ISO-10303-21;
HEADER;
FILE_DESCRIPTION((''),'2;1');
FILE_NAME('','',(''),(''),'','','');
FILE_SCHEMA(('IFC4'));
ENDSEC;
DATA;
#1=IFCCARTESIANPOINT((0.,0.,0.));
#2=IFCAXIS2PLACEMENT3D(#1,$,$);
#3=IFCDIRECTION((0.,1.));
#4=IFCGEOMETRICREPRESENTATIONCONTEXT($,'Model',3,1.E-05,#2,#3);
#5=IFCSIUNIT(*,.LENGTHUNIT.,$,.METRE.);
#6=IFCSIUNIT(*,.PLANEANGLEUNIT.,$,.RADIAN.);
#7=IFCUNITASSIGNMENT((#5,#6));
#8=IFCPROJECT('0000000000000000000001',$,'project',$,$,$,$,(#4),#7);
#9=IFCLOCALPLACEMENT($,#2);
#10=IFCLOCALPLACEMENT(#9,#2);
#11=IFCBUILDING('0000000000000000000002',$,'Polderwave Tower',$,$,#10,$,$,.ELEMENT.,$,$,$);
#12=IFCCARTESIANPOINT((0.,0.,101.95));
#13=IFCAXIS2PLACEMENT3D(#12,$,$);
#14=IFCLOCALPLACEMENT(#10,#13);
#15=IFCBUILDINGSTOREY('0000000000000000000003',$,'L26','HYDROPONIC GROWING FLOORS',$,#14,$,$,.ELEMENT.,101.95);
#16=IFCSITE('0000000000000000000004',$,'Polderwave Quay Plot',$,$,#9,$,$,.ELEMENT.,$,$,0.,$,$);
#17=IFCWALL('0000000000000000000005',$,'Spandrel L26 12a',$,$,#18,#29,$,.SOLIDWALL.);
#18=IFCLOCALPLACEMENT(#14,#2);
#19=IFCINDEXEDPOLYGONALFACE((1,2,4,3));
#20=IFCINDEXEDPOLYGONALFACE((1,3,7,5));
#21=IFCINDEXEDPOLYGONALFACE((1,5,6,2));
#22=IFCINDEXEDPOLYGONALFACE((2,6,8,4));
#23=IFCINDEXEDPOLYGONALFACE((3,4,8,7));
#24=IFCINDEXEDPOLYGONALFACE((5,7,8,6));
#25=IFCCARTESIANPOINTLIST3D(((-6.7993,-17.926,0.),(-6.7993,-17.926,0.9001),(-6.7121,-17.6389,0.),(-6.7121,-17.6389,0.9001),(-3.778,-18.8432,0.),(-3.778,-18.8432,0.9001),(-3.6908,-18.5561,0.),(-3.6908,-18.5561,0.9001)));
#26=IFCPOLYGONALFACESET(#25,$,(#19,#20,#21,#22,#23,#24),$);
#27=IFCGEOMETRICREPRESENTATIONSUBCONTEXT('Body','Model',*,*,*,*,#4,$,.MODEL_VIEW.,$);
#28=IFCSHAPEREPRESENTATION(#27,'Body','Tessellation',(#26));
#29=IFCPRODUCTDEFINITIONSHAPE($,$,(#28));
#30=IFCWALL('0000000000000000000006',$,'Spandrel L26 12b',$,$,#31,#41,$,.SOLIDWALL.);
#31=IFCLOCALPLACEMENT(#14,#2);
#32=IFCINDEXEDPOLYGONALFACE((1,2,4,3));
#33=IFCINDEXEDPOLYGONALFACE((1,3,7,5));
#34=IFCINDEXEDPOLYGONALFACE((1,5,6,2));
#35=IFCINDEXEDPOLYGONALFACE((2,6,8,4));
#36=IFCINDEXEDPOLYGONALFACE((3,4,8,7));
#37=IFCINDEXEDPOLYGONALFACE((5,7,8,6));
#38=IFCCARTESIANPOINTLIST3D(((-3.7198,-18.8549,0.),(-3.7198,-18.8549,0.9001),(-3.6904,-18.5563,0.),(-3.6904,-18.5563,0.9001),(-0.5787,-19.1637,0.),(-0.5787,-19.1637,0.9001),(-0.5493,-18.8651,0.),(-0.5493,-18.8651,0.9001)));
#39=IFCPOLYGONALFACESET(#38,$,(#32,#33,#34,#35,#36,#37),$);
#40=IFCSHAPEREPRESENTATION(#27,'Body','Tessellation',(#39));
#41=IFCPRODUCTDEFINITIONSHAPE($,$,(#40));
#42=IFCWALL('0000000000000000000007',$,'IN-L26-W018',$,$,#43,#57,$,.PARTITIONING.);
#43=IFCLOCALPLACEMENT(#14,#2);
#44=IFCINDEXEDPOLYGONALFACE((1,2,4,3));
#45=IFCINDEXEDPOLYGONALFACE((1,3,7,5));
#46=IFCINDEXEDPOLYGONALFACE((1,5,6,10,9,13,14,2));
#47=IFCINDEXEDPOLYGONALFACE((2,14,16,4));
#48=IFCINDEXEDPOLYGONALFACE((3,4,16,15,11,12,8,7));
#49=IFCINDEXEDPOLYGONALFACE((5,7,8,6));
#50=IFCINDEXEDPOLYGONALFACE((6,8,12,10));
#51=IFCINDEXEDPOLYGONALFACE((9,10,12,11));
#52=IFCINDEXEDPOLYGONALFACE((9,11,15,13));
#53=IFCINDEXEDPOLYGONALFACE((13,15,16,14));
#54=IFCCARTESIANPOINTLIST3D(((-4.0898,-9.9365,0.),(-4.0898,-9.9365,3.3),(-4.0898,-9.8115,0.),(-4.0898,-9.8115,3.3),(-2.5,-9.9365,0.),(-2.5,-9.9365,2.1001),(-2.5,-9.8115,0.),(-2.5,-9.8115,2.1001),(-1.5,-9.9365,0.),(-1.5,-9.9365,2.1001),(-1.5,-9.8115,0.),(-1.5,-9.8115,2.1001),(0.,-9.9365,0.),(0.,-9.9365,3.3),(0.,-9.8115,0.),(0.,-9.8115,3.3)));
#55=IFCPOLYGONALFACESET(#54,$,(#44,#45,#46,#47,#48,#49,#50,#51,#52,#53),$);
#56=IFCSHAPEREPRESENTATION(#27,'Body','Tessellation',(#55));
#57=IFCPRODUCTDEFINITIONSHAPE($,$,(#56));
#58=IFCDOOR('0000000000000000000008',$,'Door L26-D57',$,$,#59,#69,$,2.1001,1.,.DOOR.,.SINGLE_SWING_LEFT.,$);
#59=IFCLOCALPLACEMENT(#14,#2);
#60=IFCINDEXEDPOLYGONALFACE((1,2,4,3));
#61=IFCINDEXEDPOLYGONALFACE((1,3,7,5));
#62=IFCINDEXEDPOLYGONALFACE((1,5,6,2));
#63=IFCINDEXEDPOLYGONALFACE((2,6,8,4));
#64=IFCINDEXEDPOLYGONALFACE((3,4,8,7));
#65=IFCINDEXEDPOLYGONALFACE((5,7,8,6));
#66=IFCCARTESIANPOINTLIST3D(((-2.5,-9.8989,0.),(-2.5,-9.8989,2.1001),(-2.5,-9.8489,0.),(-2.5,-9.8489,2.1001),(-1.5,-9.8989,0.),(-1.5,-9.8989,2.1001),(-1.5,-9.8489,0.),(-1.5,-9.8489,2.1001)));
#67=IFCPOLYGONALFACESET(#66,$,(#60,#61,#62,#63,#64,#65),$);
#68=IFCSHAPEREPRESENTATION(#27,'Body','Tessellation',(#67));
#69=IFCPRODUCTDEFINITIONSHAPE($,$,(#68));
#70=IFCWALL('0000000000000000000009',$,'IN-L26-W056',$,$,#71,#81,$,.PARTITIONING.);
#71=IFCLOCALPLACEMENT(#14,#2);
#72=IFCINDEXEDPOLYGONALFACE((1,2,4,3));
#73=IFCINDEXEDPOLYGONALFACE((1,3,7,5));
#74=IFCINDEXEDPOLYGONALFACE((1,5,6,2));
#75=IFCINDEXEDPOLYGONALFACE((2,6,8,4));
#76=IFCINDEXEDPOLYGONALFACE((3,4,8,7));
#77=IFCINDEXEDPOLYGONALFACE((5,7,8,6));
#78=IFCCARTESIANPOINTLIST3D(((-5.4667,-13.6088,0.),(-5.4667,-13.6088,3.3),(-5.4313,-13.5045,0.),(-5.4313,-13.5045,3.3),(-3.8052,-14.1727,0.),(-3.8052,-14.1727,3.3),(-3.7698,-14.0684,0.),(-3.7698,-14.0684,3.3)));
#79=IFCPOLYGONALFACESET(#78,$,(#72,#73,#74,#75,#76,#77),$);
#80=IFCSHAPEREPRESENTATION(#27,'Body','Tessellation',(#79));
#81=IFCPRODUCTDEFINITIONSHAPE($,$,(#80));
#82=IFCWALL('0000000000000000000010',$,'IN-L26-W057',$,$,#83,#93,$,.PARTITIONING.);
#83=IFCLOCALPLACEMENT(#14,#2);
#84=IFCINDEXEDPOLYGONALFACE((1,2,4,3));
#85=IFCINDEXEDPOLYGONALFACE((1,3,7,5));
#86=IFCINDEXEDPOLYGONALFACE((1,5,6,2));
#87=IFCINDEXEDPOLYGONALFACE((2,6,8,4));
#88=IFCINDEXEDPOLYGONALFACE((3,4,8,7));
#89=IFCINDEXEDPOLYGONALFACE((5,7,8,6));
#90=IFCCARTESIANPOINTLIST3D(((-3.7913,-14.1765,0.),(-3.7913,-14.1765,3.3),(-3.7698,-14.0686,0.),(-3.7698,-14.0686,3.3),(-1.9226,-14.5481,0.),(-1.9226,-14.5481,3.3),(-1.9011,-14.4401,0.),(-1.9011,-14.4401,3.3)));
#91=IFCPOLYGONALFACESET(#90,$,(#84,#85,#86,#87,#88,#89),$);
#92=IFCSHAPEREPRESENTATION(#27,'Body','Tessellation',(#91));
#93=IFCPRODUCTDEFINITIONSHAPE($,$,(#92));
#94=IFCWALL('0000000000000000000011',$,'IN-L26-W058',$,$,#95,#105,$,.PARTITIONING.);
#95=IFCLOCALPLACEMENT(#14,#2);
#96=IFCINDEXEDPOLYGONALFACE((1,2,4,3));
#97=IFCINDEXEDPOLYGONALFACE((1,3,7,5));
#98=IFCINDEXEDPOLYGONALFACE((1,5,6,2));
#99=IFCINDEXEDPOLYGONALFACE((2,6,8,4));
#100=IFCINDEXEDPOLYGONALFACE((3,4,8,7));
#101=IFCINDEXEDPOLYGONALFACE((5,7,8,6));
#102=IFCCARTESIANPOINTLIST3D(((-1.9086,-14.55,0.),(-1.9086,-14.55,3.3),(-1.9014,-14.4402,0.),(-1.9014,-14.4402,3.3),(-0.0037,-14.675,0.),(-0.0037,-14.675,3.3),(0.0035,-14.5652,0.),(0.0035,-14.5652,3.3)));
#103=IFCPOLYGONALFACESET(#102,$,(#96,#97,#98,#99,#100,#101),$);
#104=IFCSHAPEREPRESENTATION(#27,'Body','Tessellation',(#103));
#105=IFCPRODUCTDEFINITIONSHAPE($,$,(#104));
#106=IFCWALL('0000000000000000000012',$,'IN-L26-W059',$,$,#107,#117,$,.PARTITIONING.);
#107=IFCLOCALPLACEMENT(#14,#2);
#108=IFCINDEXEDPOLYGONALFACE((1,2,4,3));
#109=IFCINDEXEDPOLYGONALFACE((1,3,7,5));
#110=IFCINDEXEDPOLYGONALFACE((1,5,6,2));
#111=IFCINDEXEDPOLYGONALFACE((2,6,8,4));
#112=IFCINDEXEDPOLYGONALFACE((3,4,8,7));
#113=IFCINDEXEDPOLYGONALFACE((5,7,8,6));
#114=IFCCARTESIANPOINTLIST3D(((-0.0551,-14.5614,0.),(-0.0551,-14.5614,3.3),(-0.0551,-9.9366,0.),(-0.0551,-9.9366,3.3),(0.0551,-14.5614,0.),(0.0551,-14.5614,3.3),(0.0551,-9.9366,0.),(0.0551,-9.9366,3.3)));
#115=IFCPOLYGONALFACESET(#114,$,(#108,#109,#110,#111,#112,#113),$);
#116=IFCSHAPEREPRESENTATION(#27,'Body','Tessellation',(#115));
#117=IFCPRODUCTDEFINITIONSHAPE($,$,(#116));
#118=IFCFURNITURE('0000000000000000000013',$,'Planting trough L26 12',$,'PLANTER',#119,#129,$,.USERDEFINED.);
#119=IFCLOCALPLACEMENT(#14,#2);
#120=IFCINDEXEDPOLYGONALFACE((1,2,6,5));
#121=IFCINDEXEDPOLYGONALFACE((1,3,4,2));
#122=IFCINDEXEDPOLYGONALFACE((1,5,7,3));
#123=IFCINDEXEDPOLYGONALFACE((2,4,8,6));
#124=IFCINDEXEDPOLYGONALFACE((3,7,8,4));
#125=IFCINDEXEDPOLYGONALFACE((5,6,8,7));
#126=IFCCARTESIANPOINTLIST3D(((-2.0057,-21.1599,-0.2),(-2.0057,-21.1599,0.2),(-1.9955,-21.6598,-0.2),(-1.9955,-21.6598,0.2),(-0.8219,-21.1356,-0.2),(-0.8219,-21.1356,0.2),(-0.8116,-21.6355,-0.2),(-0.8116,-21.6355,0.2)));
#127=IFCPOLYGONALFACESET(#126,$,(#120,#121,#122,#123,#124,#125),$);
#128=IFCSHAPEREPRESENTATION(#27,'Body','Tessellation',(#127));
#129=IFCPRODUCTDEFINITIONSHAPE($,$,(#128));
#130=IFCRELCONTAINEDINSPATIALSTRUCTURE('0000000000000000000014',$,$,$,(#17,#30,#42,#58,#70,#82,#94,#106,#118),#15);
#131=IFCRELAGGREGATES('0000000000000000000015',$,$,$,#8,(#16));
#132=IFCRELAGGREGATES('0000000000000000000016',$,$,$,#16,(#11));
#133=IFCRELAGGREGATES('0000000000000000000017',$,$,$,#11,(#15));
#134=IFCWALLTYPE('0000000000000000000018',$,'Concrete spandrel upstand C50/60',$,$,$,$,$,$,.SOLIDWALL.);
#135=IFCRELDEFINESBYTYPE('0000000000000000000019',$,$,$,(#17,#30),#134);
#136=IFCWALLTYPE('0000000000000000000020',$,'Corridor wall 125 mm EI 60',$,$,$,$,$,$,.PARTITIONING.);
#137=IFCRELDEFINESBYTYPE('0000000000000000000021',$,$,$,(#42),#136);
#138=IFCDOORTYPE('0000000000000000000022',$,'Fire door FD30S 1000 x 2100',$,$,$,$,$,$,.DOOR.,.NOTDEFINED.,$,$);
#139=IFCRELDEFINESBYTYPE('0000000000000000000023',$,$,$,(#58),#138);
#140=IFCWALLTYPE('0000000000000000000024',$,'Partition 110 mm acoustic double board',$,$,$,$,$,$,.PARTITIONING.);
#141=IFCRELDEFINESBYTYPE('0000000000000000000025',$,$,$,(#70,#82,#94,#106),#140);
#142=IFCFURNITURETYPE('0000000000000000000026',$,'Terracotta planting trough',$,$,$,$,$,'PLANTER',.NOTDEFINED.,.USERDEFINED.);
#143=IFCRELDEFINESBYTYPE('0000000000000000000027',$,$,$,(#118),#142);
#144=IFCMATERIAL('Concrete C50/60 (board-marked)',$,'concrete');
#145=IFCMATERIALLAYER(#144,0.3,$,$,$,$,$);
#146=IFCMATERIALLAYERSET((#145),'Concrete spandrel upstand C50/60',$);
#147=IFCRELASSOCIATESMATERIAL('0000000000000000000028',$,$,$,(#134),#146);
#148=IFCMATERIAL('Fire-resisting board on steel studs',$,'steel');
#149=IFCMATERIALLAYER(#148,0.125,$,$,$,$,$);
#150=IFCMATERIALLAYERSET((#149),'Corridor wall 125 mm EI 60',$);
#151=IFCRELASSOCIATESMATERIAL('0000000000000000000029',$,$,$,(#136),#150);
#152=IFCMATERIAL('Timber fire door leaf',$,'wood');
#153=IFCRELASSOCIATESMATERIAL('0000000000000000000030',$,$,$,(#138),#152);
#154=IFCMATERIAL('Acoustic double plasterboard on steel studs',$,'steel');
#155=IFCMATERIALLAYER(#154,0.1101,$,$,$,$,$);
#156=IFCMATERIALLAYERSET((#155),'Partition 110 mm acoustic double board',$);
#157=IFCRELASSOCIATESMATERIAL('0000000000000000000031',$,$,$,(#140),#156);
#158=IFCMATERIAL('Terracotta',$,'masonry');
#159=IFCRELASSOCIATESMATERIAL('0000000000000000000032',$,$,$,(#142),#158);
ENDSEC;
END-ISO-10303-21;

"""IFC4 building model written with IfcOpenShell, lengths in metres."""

from ifc_helpers import new_model, si_unit, direction, frame, frame_2d, origin, origin_2d, place, context, subcontext, project, spatial, rectangle, extrude, material, layer, layer_set, type_object, element, fill, save


model = new_model("IFC4")

# Units and contexts
model_context = context("Model", 3, precision=1e-05, world=origin(), true_north=direction((0.0, 1.0)))
body_context = subcontext(model_context, "Body", "Model", "MODEL_VIEW")
ifc_project = project(units=[si_unit("LENGTHUNIT", "METRE"), si_unit("PLANEANGLEUNIT", "RADIAN")], contexts=[model_context])

# Site, building, storey
site_placement = place(None, origin())
site = spatial("IfcSite", under=ifc_project, at=site_placement, Name="Polderwave Quay Plot", CompositionType="ELEMENT", RefElevation=0.0)
building_placement = place(site_placement, origin())
building = spatial("IfcBuilding", under=site, at=building_placement, Name="Polderwave Tower", CompositionType="ELEMENT")
storey_placement = place(building_placement, frame((0.0, 0.0, 101.95)))
storey = spatial("IfcBuildingStorey", under=building, at=storey_placement, Name="L26", Description="HYDROPONIC GROWING FLOORS", CompositionType="ELEMENT", Elevation=101.95)

# Walls
ifc_material_1 = material(Name="Concrete C50/60 (board-marked)", Category="concrete")
ifc_layer_1 = layer(ifc_material_1, 0.3)
ifc_layer_set_1 = layer_set([ifc_layer_1], Name="Concrete spandrel upstand C50/60")
wall_type_1 = type_object("IfcWallType", Name="Concrete spandrel upstand C50/60", PredefinedType="SOLIDWALL", material=ifc_layer_set_1)
wall_1_placement = place(storey_placement, frame((-6.7556, -17.7825, 0.0), z_axis=(0.0, 0.0, 1.0), x_axis=(0.956874, -0.290503, 0.0)))
element("IfcWall", 1, at=wall_1_placement, inside=storey, type_object=wall_type_1, Name="Spandrel L26 12a", PredefinedType="SOLIDWALL", context=body_context, shape_type="SweptSolid", body=[
    extrude(rectangle(XDim=3.1575, YDim=0.3, at=frame_2d((1.5786, 0.0))), origin(), (0.0, 0.0, 1.0), 0.9001),
])
wall_2_placement = place(storey_placement, frame((-3.7051, -18.7056, 0.0), z_axis=(0.0, 0.0, 1.0), x_axis=(0.995201, -0.097849, 0.0)))
element("IfcWall", 2, at=wall_2_placement, inside=storey, type_object=wall_type_1, Name="Spandrel L26 12b", PredefinedType="SOLIDWALL", context=body_context, shape_type="SweptSolid", body=[
    extrude(rectangle(XDim=3.1562, YDim=0.3, at=frame_2d((1.5781, 0.0))), origin(), (0.0, 0.0, 1.0), 0.9001),
])

# Wall, opening, door
ifc_material_2 = material(Name="Fire-resisting board on steel studs", Category="steel")
ifc_layer_2 = layer(ifc_material_2, 0.125)
ifc_layer_set_2 = layer_set([ifc_layer_2], Name="Corridor wall 125 mm EI 60")
wall_type_2 = type_object("IfcWallType", Name="Corridor wall 125 mm EI 60", PredefinedType="PARTITIONING", material=ifc_layer_set_2)
wall_3_placement = place(storey_placement, frame((0.0, -9.874, 0.0), z_axis=(0.0, 0.0, 1.0), x_axis=(-1.0, 0.0, 0.0)))
wall_3 = element("IfcWall", 3, at=wall_3_placement, inside=storey, type_object=wall_type_2, Name="IN-L26-W018", PredefinedType="PARTITIONING", context=body_context, shape_type="SweptSolid", body=[
    extrude(rectangle(XDim=4.0898, YDim=0.125, at=frame_2d((2.0449, 0.0))), origin(), (0.0, 0.0, 1.0), 3.3),
])
opening_1_placement = place(wall_3_placement, frame((1.5, 0.0, 0.0)))
opening_1 = element("IfcOpeningElement", 4, at=opening_1_placement, cuts=wall_3, PredefinedType="OPENING", context=body_context, shape_type="SweptSolid", body=[
    extrude(rectangle(XDim=1.0, YDim=2.1001, at=frame_2d((0.5, 1.05))), frame((0.0, 0.0725, 0.0), z_axis=(0.0, -1.0, 0.0), x_axis=(1.0, 0.0, 0.0)), (0.0, 0.0, 1.0), 0.145),
])
ifc_material_3 = material(Name="Timber fire door leaf", Category="wood")
door_type_1 = type_object("IfcDoorType", Name="Fire door FD30S 1000 x 2100", OperationType="NOTDEFINED", PredefinedType="DOOR", material=ifc_material_3)
door_1_placement = place(opening_1_placement, origin())
door_1 = element("IfcDoor", 5, at=door_1_placement, inside=storey, type_object=door_type_1, Name="Door L26-D57", OperationType="SINGLE_SWING_LEFT", OverallHeight=2.1001, OverallWidth=1.0, PredefinedType="DOOR", context=body_context, shape_type="SweptSolid", body=[
    extrude(rectangle(XDim=1.0, YDim=2.1001, at=frame_2d((0.5, 1.05))), frame((0.0, 0.0249, 0.0), z_axis=(0.0, -1.0, 0.0), x_axis=(1.0, 0.0, 0.0)), (0.0, 0.0, 1.0), 0.05),
])
fill(opening_1, door_1)

# Walls
ifc_material_4 = material(Name="Acoustic double plasterboard on steel studs", Category="steel")
ifc_layer_3 = layer(ifc_material_4, 0.1101)
ifc_layer_set_3 = layer_set([ifc_layer_3], Name="Partition 110 mm acoustic double board")
wall_type_3 = type_object("IfcWallType", Name="Partition 110 mm acoustic double board", PredefinedType="PARTITIONING", material=ifc_layer_set_3)
wall_4_placement = place(storey_placement, frame((-3.7874, -14.1206, 0.0), z_axis=(0.0, 0.0, 1.0), x_axis=(-0.946944, 0.321399, 0.0)))
element("IfcWall", 6, at=wall_4_placement, inside=storey, type_object=wall_type_3, Name="IN-L26-W056", PredefinedType="PARTITIONING", context=body_context, shape_type="SweptSolid", body=[
    extrude(rectangle(XDim=1.7546, YDim=0.1101, at=frame_2d((0.8774, 0.0))), origin(), (0.0, 0.0, 1.0), 3.3),
])
wall_5_placement = place(storey_placement, frame((-1.9119, -14.4941, 0.0), z_axis=(0.0, 0.0, 1.0), x_axis=(-0.980797, 0.195032, 0.0)))
element("IfcWall", 7, at=wall_5_placement, inside=storey, type_object=wall_type_3, Name="IN-L26-W057", PredefinedType="PARTITIONING", context=body_context, shape_type="SweptSolid", body=[
    extrude(rectangle(XDim=1.9053, YDim=0.1101, at=frame_2d((0.9526, 0.0))), origin(), (0.0, 0.0, 1.0), 3.3),
])
wall_6_placement = place(storey_placement, frame((0.0, -14.6201, 0.0), z_axis=(0.0, 0.0, 1.0), x_axis=(-0.997854, 0.065483, 0.0)))
element("IfcWall", 8, at=wall_6_placement, inside=storey, type_object=wall_type_3, Name="IN-L26-W058", PredefinedType="PARTITIONING", context=body_context, shape_type="SweptSolid", body=[
    extrude(rectangle(XDim=1.9089, YDim=0.1101, at=frame_2d((0.9546, 0.0))), origin(), (0.0, 0.0, 1.0), 3.3),
])
wall_7_placement = place(storey_placement, frame((0.0, -9.9365, 0.0), z_axis=(0.0, 0.0, 1.0), x_axis=(0.0, -1.0, 0.0)))
element("IfcWall", 9, at=wall_7_placement, inside=storey, type_object=wall_type_3, Name="IN-L26-W059", PredefinedType="PARTITIONING", context=body_context, shape_type="SweptSolid", body=[
    extrude(rectangle(XDim=4.6248, YDim=0.1101, at=frame_2d((2.3125, 0.0))), origin(), (0.0, 0.0, 1.0), 3.3),
])

# Furniture
ifc_material_5 = material(Name="Terracotta", Category="masonry")
furniture_type = type_object("IfcFurnitureType", Name="Terracotta planting trough", ElementType="PLANTER", AssemblyPlace="NOTDEFINED", PredefinedType="USERDEFINED", material=ifc_material_5)
furniture_placement = place(storey_placement, frame((-1.4087, -21.3977, -0.2), z_axis=(0.0, 0.0, 1.0), x_axis=(0.999789, 0.020559, 0.0)))
element("IfcFurniture", 10, at=furniture_placement, inside=storey, type_object=furniture_type, Name="Planting trough L26 12", ObjectType="PLANTER", PredefinedType="USERDEFINED", context=body_context, shape_type="SweptSolid", body=[
    extrude(rectangle(XDim=1.1841, YDim=0.5, at=origin_2d()), origin(), (0.0, 0.0, 1.0), 0.3999),
])

save(model, "model.ifc")
